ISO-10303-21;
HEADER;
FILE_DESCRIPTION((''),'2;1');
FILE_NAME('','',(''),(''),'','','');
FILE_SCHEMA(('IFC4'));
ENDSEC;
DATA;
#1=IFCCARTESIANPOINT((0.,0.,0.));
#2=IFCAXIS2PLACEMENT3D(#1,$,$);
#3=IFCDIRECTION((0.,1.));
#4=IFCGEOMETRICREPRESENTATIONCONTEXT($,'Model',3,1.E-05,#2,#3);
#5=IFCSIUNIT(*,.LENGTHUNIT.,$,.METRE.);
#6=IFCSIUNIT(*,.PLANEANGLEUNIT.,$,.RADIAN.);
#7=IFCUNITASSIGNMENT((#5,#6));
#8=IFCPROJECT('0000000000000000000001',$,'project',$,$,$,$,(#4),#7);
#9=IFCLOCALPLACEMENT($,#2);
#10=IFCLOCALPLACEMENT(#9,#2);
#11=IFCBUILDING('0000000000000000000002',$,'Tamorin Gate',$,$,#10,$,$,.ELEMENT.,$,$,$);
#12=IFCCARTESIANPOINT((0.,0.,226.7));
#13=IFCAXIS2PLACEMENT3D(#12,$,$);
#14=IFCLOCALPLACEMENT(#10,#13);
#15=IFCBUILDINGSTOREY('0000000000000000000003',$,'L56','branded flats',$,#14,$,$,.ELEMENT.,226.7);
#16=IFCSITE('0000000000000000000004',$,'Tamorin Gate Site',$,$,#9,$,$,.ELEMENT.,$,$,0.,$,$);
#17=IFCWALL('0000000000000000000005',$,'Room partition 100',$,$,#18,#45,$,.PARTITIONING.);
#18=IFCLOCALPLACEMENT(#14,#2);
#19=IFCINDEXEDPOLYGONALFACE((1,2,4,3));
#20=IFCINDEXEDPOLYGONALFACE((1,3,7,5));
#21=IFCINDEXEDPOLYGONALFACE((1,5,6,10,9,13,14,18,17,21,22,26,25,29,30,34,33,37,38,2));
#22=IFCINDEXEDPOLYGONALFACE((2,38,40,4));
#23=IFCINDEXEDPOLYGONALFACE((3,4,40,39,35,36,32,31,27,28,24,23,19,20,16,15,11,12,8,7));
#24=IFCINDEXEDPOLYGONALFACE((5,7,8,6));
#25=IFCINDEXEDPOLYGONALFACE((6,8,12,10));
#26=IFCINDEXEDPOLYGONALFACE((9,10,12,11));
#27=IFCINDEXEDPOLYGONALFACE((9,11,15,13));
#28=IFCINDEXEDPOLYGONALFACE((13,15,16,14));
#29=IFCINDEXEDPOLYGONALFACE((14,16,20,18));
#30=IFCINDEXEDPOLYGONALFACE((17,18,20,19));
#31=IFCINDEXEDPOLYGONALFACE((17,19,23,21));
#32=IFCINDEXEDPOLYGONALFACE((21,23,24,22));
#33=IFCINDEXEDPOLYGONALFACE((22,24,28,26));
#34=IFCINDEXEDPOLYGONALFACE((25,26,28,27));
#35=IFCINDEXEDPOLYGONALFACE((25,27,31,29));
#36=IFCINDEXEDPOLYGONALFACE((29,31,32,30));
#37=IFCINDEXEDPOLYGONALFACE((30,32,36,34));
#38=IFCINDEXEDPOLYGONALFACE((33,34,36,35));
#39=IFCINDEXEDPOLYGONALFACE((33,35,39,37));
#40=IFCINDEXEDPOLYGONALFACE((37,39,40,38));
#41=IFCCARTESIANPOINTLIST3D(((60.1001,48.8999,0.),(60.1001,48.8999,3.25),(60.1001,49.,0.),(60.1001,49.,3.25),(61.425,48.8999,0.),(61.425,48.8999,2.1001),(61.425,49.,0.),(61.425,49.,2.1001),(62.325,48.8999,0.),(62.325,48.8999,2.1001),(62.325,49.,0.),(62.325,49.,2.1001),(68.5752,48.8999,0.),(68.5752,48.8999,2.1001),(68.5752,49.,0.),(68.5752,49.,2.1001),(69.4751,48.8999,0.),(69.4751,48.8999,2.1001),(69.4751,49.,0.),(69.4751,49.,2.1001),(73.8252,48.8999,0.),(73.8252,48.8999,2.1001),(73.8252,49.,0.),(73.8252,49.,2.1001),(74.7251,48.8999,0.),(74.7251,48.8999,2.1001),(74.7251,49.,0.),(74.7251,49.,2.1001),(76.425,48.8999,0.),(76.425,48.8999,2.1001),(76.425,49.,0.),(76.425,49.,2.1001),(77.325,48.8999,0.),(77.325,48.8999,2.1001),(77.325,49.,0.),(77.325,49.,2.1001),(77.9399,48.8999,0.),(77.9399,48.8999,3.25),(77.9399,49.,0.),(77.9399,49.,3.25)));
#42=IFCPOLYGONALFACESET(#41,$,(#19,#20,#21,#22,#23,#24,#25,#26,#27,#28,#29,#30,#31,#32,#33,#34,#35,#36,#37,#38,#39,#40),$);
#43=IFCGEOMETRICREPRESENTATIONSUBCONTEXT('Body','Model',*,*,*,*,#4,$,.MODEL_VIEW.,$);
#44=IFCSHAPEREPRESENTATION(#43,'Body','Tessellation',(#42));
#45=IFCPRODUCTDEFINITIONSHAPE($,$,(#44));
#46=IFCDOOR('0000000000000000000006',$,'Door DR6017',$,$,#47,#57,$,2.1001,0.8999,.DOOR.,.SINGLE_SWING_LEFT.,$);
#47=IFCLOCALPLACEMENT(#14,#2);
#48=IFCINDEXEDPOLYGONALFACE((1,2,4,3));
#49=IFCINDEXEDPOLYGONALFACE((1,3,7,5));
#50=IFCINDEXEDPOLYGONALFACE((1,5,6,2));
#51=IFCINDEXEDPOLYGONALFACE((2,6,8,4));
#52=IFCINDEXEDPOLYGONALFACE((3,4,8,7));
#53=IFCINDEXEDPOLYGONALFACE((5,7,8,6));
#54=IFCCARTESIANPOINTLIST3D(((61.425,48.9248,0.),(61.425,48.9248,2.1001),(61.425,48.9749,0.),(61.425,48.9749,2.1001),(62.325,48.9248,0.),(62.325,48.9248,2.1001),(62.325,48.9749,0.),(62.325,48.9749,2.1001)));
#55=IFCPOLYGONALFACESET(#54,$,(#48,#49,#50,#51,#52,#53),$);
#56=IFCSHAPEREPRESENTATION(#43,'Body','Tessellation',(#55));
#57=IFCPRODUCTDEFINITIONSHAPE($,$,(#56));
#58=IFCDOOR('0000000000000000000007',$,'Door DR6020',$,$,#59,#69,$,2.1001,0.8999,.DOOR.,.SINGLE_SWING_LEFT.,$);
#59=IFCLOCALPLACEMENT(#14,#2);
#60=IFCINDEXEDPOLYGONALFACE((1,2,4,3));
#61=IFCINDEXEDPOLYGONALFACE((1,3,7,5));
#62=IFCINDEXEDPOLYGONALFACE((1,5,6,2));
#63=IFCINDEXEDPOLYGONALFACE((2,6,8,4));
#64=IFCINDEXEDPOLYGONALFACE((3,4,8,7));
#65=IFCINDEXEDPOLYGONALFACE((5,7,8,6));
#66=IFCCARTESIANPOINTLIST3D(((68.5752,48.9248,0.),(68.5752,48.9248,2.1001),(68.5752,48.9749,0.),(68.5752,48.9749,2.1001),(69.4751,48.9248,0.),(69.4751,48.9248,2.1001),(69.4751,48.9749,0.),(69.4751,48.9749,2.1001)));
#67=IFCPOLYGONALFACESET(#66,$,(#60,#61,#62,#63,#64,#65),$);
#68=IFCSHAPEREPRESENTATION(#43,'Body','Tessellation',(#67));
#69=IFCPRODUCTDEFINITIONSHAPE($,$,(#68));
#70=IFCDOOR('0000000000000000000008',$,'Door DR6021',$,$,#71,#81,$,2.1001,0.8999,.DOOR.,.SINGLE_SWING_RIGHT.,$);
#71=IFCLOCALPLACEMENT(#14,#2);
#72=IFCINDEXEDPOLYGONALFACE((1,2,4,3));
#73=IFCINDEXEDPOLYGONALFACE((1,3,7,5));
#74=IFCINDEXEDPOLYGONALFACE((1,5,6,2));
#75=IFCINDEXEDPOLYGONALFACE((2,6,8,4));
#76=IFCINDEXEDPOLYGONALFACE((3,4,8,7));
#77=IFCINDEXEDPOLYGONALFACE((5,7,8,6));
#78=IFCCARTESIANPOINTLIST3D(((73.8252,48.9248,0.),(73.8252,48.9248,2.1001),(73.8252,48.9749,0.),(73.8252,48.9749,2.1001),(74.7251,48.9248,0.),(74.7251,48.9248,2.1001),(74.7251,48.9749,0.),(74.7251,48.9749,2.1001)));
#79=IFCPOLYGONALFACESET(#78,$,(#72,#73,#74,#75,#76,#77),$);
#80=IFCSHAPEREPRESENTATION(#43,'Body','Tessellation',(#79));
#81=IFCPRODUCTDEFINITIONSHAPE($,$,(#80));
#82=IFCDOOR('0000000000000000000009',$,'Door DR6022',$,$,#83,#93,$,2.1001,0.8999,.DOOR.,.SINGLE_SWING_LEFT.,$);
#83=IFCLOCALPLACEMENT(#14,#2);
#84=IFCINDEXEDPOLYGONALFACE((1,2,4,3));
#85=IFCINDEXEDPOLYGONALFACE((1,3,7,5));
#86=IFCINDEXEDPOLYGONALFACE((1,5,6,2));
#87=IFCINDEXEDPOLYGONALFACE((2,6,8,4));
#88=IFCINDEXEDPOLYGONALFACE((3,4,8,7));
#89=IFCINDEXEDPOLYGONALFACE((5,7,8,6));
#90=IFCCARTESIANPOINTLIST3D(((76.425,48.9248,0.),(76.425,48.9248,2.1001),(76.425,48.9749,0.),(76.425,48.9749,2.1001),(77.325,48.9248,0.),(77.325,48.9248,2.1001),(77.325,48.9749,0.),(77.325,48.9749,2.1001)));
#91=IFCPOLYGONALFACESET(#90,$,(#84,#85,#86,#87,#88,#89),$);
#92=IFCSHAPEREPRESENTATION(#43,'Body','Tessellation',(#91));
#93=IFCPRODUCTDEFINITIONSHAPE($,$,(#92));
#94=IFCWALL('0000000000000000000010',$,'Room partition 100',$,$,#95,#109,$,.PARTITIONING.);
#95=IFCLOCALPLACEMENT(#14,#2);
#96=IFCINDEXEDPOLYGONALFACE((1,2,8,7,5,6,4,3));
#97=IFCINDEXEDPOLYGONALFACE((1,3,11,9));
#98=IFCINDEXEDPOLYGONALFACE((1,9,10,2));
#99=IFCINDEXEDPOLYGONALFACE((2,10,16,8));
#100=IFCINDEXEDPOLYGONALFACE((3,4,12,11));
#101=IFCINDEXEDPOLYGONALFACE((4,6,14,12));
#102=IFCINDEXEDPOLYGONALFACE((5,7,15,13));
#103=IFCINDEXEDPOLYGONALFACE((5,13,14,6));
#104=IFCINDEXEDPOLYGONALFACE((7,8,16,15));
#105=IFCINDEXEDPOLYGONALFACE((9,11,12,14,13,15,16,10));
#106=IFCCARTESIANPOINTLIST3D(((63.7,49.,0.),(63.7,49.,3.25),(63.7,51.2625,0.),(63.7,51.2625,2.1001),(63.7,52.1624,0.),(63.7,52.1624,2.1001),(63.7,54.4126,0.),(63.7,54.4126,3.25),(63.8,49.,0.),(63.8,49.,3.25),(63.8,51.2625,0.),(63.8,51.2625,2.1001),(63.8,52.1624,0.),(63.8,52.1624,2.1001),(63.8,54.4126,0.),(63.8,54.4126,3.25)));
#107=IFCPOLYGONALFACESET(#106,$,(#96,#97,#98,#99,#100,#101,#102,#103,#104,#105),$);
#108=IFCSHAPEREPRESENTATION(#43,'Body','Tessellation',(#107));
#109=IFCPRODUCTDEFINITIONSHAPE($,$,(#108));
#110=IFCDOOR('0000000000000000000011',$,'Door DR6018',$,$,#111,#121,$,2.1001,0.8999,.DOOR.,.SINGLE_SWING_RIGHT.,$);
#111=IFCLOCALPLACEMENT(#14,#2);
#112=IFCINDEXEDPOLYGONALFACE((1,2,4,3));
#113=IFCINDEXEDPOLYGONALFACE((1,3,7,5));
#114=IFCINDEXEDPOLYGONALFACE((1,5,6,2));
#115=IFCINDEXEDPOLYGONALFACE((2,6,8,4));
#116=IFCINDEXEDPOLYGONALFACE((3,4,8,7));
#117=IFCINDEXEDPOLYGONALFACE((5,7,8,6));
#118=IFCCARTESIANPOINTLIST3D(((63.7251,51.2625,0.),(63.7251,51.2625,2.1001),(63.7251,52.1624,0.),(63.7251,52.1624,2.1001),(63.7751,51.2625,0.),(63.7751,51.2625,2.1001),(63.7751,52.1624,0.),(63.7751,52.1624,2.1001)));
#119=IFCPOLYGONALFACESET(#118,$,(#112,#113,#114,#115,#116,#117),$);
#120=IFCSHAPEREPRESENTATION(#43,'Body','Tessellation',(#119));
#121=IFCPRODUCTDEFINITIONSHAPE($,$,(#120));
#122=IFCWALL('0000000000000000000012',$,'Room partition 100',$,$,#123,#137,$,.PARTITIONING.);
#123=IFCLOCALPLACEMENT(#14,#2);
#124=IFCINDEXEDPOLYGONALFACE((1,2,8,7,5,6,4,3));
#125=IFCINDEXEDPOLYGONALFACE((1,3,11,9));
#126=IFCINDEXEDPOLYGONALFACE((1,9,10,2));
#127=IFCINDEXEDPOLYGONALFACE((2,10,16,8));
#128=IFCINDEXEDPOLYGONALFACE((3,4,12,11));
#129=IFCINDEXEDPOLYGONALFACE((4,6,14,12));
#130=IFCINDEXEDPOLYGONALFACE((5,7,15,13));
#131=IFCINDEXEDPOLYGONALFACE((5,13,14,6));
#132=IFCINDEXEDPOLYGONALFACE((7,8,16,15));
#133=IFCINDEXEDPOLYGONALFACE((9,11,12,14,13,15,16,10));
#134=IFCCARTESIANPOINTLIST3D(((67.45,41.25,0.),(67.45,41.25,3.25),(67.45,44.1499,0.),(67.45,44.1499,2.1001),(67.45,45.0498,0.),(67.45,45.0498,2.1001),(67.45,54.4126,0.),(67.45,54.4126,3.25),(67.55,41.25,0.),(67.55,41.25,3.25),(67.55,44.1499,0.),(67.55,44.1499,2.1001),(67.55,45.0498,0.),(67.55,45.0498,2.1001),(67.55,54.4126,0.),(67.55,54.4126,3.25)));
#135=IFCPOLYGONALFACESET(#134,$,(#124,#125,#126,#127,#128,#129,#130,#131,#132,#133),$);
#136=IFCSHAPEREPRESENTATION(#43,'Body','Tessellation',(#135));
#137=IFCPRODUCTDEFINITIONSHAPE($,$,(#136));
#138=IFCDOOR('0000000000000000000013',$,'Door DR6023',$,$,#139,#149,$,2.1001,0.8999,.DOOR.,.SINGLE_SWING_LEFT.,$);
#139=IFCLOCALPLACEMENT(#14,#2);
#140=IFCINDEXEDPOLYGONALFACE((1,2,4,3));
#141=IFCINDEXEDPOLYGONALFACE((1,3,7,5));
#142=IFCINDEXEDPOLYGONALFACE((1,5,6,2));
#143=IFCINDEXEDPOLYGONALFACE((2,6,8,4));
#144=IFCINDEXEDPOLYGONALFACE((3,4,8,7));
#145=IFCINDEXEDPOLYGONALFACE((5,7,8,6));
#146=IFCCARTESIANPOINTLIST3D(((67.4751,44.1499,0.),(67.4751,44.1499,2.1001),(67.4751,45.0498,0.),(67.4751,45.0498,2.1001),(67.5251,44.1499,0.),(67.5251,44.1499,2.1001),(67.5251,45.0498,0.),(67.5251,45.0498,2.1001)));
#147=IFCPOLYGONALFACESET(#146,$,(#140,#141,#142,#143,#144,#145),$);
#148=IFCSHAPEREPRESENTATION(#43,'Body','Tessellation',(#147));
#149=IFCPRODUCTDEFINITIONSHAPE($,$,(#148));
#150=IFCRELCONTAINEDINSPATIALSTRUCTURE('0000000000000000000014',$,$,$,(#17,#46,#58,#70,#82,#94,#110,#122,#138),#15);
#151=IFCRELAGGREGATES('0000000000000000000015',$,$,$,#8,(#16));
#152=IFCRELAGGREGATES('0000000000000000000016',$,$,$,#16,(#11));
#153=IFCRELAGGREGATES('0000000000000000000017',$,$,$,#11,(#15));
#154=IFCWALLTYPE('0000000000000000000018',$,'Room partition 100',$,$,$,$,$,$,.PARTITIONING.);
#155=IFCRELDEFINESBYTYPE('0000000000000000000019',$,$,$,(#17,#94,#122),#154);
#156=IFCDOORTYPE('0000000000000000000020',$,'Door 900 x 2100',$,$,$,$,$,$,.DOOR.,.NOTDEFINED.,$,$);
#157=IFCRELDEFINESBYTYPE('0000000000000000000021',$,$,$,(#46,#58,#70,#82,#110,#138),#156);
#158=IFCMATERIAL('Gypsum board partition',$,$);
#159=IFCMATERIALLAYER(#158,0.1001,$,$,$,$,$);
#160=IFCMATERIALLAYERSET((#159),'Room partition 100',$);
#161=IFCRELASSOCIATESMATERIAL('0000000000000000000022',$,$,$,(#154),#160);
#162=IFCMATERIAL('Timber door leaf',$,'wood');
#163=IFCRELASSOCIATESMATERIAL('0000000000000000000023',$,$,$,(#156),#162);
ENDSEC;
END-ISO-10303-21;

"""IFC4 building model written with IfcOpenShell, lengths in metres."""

from ifc_helpers import new_model, si_unit, direction, frame, frame_2d, origin, place, context, subcontext, project, spatial, rectangle, extrude, material, layer, layer_set, type_object, element, fill, save


model = new_model("IFC4")

# Units and contexts
model_context = context("Model", 3, precision=1e-05, world=origin(), true_north=direction((0.0, 1.0)))
body_context = subcontext(model_context, "Body", "Model", "MODEL_VIEW")
ifc_project = project(units=[si_unit("LENGTHUNIT", "METRE"), si_unit("PLANEANGLEUNIT", "RADIAN")], contexts=[model_context])

# Site, building, storey
site_placement = place(None, origin())
site = spatial("IfcSite", under=ifc_project, at=site_placement, Name="Tamorin Gate Site", CompositionType="ELEMENT", RefElevation=0.0)
building_placement = place(site_placement, origin())
building = spatial("IfcBuilding", under=site, at=building_placement, Name="Tamorin Gate", CompositionType="ELEMENT")
storey_placement = place(building_placement, frame((0.0, 0.0, 226.7)))
storey = spatial("IfcBuildingStorey", under=building, at=storey_placement, Name="L56", Description="branded flats", CompositionType="ELEMENT", Elevation=226.7)

# Wall, openings, doors
ifc_material_1 = material(Name="Gypsum board partition")
ifc_layer_1 = layer(ifc_material_1, 0.1001)
ifc_layer_set_1 = layer_set([ifc_layer_1], Name="Room partition 100")
wall_type_1 = type_object("IfcWallType", Name="Room partition 100", PredefinedType="PARTITIONING", material=ifc_layer_set_1)
wall_1_placement = place(storey_placement, frame((60.1001, 48.95, 0.0), z_axis=(0.0, 0.0, 1.0), x_axis=(1.0, 0.0, 0.0)))
wall_1 = element("IfcWall", 1, at=wall_1_placement, inside=storey, type_object=wall_type_1, Name="Room partition 100", PredefinedType="PARTITIONING", context=body_context, shape_type="SweptSolid", body=[
    extrude(rectangle(XDim=17.8398, YDim=0.1001, at=frame_2d((8.9199, 0.0))), origin(), (0.0, 0.0, 1.0), 3.25),
])
opening_1_placement = place(wall_1_placement, frame((1.325, 0.0, 0.0)))
opening_1 = element("IfcOpeningElement", 2, at=opening_1_placement, cuts=wall_1, PredefinedType="OPENING", context=body_context, shape_type="SweptSolid", body=[
    extrude(rectangle(XDim=0.8999, YDim=2.1001, at=frame_2d((0.45, 1.05))), frame((0.0, 0.0601, 0.0), z_axis=(0.0, -1.0, 0.0), x_axis=(1.0, 0.0, 0.0)), (0.0, 0.0, 1.0), 0.1201),
])
opening_2_placement = place(wall_1_placement, frame((8.4751, 0.0, 0.0)))
opening_2 = element("IfcOpeningElement", 3, at=opening_2_placement, cuts=wall_1, PredefinedType="OPENING", context=body_context, shape_type="SweptSolid", body=[
    extrude(rectangle(XDim=0.8999, YDim=2.1001, at=frame_2d((0.45, 1.05))), frame((0.0, 0.0601, 0.0), z_axis=(0.0, -1.0, 0.0), x_axis=(1.0, 0.0, 0.0)), (0.0, 0.0, 1.0), 0.1201),
])
opening_3_placement = place(wall_1_placement, frame((13.7251, 0.0, 0.0)))
opening_3 = element("IfcOpeningElement", 4, at=opening_3_placement, cuts=wall_1, PredefinedType="OPENING", context=body_context, shape_type="SweptSolid", body=[
    extrude(rectangle(XDim=0.8999, YDim=2.1001, at=frame_2d((0.45, 1.05))), frame((0.0, 0.0601, 0.0), z_axis=(0.0, -1.0, 0.0), x_axis=(1.0, 0.0, 0.0)), (0.0, 0.0, 1.0), 0.1201),
])
opening_4_placement = place(wall_1_placement, frame((16.325, 0.0, 0.0)))
opening_4 = element("IfcOpeningElement", 5, at=opening_4_placement, cuts=wall_1, PredefinedType="OPENING", context=body_context, shape_type="SweptSolid", body=[
    extrude(rectangle(XDim=0.8999, YDim=2.1001, at=frame_2d((0.45, 1.05))), frame((0.0, 0.0601, 0.0), z_axis=(0.0, -1.0, 0.0), x_axis=(1.0, 0.0, 0.0)), (0.0, 0.0, 1.0), 0.1201),
])
ifc_material_2 = material(Name="Timber door leaf", Category="wood")
door_type = type_object("IfcDoorType", Name="Door 900 x 2100", OperationType="NOTDEFINED", PredefinedType="DOOR", material=ifc_material_2)
door_1_placement = place(opening_1_placement, origin())
door_1 = element("IfcDoor", 6, at=door_1_placement, inside=storey, type_object=door_type, Name="Door DR6017", OperationType="SINGLE_SWING_LEFT", OverallHeight=2.1001, OverallWidth=0.8999, PredefinedType="DOOR", context=body_context, shape_type="SweptSolid", body=[
    extrude(rectangle(XDim=0.8999, YDim=2.1001, at=frame_2d((0.45, 1.05))), frame((0.0, 0.0249, 0.0), z_axis=(0.0, -1.0, 0.0), x_axis=(1.0, 0.0, 0.0)), (0.0, 0.0, 1.0), 0.05),
])
fill(opening_1, door_1)
door_2_placement = place(opening_2_placement, origin())
door_2 = element("IfcDoor", 7, at=door_2_placement, inside=storey, type_object=door_type, Name="Door DR6020", OperationType="SINGLE_SWING_LEFT", OverallHeight=2.1001, OverallWidth=0.8999, PredefinedType="DOOR", context=body_context, shape_type="SweptSolid", body=[
    extrude(rectangle(XDim=0.8999, YDim=2.1001, at=frame_2d((0.45, 1.05))), frame((0.0, 0.0249, 0.0), z_axis=(0.0, -1.0, 0.0), x_axis=(1.0, 0.0, 0.0)), (0.0, 0.0, 1.0), 0.05),
])
fill(opening_2, door_2)
door_3_placement = place(opening_3_placement, origin())
door_3 = element("IfcDoor", 8, at=door_3_placement, inside=storey, type_object=door_type, Name="Door DR6021", OperationType="SINGLE_SWING_RIGHT", OverallHeight=2.1001, OverallWidth=0.8999, PredefinedType="DOOR", context=body_context, shape_type="SweptSolid", body=[
    extrude(rectangle(XDim=0.8999, YDim=2.1001, at=frame_2d((0.45, 1.05))), frame((0.0, 0.0249, 0.0), z_axis=(0.0, -1.0, 0.0), x_axis=(1.0, 0.0, 0.0)), (0.0, 0.0, 1.0), 0.05),
])
fill(opening_3, door_3)
door_4_placement = place(opening_4_placement, origin())
door_4 = element("IfcDoor", 9, at=door_4_placement, inside=storey, type_object=door_type, Name="Door DR6022", OperationType="SINGLE_SWING_LEFT", OverallHeight=2.1001, OverallWidth=0.8999, PredefinedType="DOOR", context=body_context, shape_type="SweptSolid", body=[
    extrude(rectangle(XDim=0.8999, YDim=2.1001, at=frame_2d((0.45, 1.05))), frame((0.0, 0.0249, 0.0), z_axis=(0.0, -1.0, 0.0), x_axis=(1.0, 0.0, 0.0)), (0.0, 0.0, 1.0), 0.05),
])
fill(opening_4, door_4)

# Walls, openings, doors
wall_2_placement = place(storey_placement, frame((63.75, 49.0, 0.0), z_axis=(0.0, 0.0, 1.0), x_axis=(0.0, 1.0, 0.0)))
wall_2 = element("IfcWall", 10, at=wall_2_placement, inside=storey, type_object=wall_type_1, Name="Room partition 100", PredefinedType="PARTITIONING", context=body_context, shape_type="SweptSolid", body=[
    extrude(rectangle(XDim=5.4126, YDim=0.1001, at=frame_2d((2.7063, 0.0))), origin(), (0.0, 0.0, 1.0), 3.25),
])
opening_5_placement = place(wall_2_placement, frame((2.2625, 0.0, 0.0)))
opening_5 = element("IfcOpeningElement", 11, at=opening_5_placement, cuts=wall_2, PredefinedType="OPENING", context=body_context, shape_type="SweptSolid", body=[
    extrude(rectangle(XDim=0.8999, YDim=2.1001, at=frame_2d((0.45, 1.05))), frame((0.0, 0.0601, 0.0), z_axis=(0.0, -1.0, 0.0), x_axis=(1.0, 0.0, 0.0)), (0.0, 0.0, 1.0), 0.1201),
])
door_5_placement = place(opening_5_placement, origin())
door_5 = element("IfcDoor", 12, at=door_5_placement, inside=storey, type_object=door_type, Name="Door DR6018", OperationType="SINGLE_SWING_RIGHT", OverallHeight=2.1001, OverallWidth=0.8999, PredefinedType="DOOR", context=body_context, shape_type="SweptSolid", body=[
    extrude(rectangle(XDim=0.8999, YDim=2.1001, at=frame_2d((0.45, 1.05))), frame((0.0, 0.0249, 0.0), z_axis=(0.0, -1.0, 0.0), x_axis=(1.0, 0.0, 0.0)), (0.0, 0.0, 1.0), 0.05),
])
fill(opening_5, door_5)
wall_3_placement = place(storey_placement, frame((67.5, 41.25, 0.0), z_axis=(0.0, 0.0, 1.0), x_axis=(0.0, 1.0, 0.0)))
wall_3 = element("IfcWall", 13, at=wall_3_placement, inside=storey, type_object=wall_type_1, Name="Room partition 100", PredefinedType="PARTITIONING", context=body_context, shape_type="SweptSolid", body=[
    extrude(rectangle(XDim=13.1626, YDim=0.1001, at=frame_2d((6.5813, 0.0))), origin(), (0.0, 0.0, 1.0), 3.25),
])
opening_6_placement = place(wall_3_placement, frame((2.8999, 0.0, 0.0)))
opening_6 = element("IfcOpeningElement", 14, at=opening_6_placement, cuts=wall_3, PredefinedType="OPENING", context=body_context, shape_type="SweptSolid", body=[
    extrude(rectangle(XDim=0.8999, YDim=2.1001, at=frame_2d((0.45, 1.05))), frame((0.0, 0.0601, 0.0), z_axis=(0.0, -1.0, 0.0), x_axis=(1.0, 0.0, 0.0)), (0.0, 0.0, 1.0), 0.1201),
])
door_6_placement = place(opening_6_placement, origin())
door_6 = element("IfcDoor", 15, at=door_6_placement, inside=storey, type_object=door_type, Name="Door DR6023", OperationType="SINGLE_SWING_LEFT", OverallHeight=2.1001, OverallWidth=0.8999, PredefinedType="DOOR", context=body_context, shape_type="SweptSolid", body=[
    extrude(rectangle(XDim=0.8999, YDim=2.1001, at=frame_2d((0.45, 1.05))), frame((0.0, 0.0249, 0.0), z_axis=(0.0, -1.0, 0.0), x_axis=(1.0, 0.0, 0.0)), (0.0, 0.0, 1.0), 0.05),
])
fill(opening_6, door_6)

save(model, "model.ifc")
